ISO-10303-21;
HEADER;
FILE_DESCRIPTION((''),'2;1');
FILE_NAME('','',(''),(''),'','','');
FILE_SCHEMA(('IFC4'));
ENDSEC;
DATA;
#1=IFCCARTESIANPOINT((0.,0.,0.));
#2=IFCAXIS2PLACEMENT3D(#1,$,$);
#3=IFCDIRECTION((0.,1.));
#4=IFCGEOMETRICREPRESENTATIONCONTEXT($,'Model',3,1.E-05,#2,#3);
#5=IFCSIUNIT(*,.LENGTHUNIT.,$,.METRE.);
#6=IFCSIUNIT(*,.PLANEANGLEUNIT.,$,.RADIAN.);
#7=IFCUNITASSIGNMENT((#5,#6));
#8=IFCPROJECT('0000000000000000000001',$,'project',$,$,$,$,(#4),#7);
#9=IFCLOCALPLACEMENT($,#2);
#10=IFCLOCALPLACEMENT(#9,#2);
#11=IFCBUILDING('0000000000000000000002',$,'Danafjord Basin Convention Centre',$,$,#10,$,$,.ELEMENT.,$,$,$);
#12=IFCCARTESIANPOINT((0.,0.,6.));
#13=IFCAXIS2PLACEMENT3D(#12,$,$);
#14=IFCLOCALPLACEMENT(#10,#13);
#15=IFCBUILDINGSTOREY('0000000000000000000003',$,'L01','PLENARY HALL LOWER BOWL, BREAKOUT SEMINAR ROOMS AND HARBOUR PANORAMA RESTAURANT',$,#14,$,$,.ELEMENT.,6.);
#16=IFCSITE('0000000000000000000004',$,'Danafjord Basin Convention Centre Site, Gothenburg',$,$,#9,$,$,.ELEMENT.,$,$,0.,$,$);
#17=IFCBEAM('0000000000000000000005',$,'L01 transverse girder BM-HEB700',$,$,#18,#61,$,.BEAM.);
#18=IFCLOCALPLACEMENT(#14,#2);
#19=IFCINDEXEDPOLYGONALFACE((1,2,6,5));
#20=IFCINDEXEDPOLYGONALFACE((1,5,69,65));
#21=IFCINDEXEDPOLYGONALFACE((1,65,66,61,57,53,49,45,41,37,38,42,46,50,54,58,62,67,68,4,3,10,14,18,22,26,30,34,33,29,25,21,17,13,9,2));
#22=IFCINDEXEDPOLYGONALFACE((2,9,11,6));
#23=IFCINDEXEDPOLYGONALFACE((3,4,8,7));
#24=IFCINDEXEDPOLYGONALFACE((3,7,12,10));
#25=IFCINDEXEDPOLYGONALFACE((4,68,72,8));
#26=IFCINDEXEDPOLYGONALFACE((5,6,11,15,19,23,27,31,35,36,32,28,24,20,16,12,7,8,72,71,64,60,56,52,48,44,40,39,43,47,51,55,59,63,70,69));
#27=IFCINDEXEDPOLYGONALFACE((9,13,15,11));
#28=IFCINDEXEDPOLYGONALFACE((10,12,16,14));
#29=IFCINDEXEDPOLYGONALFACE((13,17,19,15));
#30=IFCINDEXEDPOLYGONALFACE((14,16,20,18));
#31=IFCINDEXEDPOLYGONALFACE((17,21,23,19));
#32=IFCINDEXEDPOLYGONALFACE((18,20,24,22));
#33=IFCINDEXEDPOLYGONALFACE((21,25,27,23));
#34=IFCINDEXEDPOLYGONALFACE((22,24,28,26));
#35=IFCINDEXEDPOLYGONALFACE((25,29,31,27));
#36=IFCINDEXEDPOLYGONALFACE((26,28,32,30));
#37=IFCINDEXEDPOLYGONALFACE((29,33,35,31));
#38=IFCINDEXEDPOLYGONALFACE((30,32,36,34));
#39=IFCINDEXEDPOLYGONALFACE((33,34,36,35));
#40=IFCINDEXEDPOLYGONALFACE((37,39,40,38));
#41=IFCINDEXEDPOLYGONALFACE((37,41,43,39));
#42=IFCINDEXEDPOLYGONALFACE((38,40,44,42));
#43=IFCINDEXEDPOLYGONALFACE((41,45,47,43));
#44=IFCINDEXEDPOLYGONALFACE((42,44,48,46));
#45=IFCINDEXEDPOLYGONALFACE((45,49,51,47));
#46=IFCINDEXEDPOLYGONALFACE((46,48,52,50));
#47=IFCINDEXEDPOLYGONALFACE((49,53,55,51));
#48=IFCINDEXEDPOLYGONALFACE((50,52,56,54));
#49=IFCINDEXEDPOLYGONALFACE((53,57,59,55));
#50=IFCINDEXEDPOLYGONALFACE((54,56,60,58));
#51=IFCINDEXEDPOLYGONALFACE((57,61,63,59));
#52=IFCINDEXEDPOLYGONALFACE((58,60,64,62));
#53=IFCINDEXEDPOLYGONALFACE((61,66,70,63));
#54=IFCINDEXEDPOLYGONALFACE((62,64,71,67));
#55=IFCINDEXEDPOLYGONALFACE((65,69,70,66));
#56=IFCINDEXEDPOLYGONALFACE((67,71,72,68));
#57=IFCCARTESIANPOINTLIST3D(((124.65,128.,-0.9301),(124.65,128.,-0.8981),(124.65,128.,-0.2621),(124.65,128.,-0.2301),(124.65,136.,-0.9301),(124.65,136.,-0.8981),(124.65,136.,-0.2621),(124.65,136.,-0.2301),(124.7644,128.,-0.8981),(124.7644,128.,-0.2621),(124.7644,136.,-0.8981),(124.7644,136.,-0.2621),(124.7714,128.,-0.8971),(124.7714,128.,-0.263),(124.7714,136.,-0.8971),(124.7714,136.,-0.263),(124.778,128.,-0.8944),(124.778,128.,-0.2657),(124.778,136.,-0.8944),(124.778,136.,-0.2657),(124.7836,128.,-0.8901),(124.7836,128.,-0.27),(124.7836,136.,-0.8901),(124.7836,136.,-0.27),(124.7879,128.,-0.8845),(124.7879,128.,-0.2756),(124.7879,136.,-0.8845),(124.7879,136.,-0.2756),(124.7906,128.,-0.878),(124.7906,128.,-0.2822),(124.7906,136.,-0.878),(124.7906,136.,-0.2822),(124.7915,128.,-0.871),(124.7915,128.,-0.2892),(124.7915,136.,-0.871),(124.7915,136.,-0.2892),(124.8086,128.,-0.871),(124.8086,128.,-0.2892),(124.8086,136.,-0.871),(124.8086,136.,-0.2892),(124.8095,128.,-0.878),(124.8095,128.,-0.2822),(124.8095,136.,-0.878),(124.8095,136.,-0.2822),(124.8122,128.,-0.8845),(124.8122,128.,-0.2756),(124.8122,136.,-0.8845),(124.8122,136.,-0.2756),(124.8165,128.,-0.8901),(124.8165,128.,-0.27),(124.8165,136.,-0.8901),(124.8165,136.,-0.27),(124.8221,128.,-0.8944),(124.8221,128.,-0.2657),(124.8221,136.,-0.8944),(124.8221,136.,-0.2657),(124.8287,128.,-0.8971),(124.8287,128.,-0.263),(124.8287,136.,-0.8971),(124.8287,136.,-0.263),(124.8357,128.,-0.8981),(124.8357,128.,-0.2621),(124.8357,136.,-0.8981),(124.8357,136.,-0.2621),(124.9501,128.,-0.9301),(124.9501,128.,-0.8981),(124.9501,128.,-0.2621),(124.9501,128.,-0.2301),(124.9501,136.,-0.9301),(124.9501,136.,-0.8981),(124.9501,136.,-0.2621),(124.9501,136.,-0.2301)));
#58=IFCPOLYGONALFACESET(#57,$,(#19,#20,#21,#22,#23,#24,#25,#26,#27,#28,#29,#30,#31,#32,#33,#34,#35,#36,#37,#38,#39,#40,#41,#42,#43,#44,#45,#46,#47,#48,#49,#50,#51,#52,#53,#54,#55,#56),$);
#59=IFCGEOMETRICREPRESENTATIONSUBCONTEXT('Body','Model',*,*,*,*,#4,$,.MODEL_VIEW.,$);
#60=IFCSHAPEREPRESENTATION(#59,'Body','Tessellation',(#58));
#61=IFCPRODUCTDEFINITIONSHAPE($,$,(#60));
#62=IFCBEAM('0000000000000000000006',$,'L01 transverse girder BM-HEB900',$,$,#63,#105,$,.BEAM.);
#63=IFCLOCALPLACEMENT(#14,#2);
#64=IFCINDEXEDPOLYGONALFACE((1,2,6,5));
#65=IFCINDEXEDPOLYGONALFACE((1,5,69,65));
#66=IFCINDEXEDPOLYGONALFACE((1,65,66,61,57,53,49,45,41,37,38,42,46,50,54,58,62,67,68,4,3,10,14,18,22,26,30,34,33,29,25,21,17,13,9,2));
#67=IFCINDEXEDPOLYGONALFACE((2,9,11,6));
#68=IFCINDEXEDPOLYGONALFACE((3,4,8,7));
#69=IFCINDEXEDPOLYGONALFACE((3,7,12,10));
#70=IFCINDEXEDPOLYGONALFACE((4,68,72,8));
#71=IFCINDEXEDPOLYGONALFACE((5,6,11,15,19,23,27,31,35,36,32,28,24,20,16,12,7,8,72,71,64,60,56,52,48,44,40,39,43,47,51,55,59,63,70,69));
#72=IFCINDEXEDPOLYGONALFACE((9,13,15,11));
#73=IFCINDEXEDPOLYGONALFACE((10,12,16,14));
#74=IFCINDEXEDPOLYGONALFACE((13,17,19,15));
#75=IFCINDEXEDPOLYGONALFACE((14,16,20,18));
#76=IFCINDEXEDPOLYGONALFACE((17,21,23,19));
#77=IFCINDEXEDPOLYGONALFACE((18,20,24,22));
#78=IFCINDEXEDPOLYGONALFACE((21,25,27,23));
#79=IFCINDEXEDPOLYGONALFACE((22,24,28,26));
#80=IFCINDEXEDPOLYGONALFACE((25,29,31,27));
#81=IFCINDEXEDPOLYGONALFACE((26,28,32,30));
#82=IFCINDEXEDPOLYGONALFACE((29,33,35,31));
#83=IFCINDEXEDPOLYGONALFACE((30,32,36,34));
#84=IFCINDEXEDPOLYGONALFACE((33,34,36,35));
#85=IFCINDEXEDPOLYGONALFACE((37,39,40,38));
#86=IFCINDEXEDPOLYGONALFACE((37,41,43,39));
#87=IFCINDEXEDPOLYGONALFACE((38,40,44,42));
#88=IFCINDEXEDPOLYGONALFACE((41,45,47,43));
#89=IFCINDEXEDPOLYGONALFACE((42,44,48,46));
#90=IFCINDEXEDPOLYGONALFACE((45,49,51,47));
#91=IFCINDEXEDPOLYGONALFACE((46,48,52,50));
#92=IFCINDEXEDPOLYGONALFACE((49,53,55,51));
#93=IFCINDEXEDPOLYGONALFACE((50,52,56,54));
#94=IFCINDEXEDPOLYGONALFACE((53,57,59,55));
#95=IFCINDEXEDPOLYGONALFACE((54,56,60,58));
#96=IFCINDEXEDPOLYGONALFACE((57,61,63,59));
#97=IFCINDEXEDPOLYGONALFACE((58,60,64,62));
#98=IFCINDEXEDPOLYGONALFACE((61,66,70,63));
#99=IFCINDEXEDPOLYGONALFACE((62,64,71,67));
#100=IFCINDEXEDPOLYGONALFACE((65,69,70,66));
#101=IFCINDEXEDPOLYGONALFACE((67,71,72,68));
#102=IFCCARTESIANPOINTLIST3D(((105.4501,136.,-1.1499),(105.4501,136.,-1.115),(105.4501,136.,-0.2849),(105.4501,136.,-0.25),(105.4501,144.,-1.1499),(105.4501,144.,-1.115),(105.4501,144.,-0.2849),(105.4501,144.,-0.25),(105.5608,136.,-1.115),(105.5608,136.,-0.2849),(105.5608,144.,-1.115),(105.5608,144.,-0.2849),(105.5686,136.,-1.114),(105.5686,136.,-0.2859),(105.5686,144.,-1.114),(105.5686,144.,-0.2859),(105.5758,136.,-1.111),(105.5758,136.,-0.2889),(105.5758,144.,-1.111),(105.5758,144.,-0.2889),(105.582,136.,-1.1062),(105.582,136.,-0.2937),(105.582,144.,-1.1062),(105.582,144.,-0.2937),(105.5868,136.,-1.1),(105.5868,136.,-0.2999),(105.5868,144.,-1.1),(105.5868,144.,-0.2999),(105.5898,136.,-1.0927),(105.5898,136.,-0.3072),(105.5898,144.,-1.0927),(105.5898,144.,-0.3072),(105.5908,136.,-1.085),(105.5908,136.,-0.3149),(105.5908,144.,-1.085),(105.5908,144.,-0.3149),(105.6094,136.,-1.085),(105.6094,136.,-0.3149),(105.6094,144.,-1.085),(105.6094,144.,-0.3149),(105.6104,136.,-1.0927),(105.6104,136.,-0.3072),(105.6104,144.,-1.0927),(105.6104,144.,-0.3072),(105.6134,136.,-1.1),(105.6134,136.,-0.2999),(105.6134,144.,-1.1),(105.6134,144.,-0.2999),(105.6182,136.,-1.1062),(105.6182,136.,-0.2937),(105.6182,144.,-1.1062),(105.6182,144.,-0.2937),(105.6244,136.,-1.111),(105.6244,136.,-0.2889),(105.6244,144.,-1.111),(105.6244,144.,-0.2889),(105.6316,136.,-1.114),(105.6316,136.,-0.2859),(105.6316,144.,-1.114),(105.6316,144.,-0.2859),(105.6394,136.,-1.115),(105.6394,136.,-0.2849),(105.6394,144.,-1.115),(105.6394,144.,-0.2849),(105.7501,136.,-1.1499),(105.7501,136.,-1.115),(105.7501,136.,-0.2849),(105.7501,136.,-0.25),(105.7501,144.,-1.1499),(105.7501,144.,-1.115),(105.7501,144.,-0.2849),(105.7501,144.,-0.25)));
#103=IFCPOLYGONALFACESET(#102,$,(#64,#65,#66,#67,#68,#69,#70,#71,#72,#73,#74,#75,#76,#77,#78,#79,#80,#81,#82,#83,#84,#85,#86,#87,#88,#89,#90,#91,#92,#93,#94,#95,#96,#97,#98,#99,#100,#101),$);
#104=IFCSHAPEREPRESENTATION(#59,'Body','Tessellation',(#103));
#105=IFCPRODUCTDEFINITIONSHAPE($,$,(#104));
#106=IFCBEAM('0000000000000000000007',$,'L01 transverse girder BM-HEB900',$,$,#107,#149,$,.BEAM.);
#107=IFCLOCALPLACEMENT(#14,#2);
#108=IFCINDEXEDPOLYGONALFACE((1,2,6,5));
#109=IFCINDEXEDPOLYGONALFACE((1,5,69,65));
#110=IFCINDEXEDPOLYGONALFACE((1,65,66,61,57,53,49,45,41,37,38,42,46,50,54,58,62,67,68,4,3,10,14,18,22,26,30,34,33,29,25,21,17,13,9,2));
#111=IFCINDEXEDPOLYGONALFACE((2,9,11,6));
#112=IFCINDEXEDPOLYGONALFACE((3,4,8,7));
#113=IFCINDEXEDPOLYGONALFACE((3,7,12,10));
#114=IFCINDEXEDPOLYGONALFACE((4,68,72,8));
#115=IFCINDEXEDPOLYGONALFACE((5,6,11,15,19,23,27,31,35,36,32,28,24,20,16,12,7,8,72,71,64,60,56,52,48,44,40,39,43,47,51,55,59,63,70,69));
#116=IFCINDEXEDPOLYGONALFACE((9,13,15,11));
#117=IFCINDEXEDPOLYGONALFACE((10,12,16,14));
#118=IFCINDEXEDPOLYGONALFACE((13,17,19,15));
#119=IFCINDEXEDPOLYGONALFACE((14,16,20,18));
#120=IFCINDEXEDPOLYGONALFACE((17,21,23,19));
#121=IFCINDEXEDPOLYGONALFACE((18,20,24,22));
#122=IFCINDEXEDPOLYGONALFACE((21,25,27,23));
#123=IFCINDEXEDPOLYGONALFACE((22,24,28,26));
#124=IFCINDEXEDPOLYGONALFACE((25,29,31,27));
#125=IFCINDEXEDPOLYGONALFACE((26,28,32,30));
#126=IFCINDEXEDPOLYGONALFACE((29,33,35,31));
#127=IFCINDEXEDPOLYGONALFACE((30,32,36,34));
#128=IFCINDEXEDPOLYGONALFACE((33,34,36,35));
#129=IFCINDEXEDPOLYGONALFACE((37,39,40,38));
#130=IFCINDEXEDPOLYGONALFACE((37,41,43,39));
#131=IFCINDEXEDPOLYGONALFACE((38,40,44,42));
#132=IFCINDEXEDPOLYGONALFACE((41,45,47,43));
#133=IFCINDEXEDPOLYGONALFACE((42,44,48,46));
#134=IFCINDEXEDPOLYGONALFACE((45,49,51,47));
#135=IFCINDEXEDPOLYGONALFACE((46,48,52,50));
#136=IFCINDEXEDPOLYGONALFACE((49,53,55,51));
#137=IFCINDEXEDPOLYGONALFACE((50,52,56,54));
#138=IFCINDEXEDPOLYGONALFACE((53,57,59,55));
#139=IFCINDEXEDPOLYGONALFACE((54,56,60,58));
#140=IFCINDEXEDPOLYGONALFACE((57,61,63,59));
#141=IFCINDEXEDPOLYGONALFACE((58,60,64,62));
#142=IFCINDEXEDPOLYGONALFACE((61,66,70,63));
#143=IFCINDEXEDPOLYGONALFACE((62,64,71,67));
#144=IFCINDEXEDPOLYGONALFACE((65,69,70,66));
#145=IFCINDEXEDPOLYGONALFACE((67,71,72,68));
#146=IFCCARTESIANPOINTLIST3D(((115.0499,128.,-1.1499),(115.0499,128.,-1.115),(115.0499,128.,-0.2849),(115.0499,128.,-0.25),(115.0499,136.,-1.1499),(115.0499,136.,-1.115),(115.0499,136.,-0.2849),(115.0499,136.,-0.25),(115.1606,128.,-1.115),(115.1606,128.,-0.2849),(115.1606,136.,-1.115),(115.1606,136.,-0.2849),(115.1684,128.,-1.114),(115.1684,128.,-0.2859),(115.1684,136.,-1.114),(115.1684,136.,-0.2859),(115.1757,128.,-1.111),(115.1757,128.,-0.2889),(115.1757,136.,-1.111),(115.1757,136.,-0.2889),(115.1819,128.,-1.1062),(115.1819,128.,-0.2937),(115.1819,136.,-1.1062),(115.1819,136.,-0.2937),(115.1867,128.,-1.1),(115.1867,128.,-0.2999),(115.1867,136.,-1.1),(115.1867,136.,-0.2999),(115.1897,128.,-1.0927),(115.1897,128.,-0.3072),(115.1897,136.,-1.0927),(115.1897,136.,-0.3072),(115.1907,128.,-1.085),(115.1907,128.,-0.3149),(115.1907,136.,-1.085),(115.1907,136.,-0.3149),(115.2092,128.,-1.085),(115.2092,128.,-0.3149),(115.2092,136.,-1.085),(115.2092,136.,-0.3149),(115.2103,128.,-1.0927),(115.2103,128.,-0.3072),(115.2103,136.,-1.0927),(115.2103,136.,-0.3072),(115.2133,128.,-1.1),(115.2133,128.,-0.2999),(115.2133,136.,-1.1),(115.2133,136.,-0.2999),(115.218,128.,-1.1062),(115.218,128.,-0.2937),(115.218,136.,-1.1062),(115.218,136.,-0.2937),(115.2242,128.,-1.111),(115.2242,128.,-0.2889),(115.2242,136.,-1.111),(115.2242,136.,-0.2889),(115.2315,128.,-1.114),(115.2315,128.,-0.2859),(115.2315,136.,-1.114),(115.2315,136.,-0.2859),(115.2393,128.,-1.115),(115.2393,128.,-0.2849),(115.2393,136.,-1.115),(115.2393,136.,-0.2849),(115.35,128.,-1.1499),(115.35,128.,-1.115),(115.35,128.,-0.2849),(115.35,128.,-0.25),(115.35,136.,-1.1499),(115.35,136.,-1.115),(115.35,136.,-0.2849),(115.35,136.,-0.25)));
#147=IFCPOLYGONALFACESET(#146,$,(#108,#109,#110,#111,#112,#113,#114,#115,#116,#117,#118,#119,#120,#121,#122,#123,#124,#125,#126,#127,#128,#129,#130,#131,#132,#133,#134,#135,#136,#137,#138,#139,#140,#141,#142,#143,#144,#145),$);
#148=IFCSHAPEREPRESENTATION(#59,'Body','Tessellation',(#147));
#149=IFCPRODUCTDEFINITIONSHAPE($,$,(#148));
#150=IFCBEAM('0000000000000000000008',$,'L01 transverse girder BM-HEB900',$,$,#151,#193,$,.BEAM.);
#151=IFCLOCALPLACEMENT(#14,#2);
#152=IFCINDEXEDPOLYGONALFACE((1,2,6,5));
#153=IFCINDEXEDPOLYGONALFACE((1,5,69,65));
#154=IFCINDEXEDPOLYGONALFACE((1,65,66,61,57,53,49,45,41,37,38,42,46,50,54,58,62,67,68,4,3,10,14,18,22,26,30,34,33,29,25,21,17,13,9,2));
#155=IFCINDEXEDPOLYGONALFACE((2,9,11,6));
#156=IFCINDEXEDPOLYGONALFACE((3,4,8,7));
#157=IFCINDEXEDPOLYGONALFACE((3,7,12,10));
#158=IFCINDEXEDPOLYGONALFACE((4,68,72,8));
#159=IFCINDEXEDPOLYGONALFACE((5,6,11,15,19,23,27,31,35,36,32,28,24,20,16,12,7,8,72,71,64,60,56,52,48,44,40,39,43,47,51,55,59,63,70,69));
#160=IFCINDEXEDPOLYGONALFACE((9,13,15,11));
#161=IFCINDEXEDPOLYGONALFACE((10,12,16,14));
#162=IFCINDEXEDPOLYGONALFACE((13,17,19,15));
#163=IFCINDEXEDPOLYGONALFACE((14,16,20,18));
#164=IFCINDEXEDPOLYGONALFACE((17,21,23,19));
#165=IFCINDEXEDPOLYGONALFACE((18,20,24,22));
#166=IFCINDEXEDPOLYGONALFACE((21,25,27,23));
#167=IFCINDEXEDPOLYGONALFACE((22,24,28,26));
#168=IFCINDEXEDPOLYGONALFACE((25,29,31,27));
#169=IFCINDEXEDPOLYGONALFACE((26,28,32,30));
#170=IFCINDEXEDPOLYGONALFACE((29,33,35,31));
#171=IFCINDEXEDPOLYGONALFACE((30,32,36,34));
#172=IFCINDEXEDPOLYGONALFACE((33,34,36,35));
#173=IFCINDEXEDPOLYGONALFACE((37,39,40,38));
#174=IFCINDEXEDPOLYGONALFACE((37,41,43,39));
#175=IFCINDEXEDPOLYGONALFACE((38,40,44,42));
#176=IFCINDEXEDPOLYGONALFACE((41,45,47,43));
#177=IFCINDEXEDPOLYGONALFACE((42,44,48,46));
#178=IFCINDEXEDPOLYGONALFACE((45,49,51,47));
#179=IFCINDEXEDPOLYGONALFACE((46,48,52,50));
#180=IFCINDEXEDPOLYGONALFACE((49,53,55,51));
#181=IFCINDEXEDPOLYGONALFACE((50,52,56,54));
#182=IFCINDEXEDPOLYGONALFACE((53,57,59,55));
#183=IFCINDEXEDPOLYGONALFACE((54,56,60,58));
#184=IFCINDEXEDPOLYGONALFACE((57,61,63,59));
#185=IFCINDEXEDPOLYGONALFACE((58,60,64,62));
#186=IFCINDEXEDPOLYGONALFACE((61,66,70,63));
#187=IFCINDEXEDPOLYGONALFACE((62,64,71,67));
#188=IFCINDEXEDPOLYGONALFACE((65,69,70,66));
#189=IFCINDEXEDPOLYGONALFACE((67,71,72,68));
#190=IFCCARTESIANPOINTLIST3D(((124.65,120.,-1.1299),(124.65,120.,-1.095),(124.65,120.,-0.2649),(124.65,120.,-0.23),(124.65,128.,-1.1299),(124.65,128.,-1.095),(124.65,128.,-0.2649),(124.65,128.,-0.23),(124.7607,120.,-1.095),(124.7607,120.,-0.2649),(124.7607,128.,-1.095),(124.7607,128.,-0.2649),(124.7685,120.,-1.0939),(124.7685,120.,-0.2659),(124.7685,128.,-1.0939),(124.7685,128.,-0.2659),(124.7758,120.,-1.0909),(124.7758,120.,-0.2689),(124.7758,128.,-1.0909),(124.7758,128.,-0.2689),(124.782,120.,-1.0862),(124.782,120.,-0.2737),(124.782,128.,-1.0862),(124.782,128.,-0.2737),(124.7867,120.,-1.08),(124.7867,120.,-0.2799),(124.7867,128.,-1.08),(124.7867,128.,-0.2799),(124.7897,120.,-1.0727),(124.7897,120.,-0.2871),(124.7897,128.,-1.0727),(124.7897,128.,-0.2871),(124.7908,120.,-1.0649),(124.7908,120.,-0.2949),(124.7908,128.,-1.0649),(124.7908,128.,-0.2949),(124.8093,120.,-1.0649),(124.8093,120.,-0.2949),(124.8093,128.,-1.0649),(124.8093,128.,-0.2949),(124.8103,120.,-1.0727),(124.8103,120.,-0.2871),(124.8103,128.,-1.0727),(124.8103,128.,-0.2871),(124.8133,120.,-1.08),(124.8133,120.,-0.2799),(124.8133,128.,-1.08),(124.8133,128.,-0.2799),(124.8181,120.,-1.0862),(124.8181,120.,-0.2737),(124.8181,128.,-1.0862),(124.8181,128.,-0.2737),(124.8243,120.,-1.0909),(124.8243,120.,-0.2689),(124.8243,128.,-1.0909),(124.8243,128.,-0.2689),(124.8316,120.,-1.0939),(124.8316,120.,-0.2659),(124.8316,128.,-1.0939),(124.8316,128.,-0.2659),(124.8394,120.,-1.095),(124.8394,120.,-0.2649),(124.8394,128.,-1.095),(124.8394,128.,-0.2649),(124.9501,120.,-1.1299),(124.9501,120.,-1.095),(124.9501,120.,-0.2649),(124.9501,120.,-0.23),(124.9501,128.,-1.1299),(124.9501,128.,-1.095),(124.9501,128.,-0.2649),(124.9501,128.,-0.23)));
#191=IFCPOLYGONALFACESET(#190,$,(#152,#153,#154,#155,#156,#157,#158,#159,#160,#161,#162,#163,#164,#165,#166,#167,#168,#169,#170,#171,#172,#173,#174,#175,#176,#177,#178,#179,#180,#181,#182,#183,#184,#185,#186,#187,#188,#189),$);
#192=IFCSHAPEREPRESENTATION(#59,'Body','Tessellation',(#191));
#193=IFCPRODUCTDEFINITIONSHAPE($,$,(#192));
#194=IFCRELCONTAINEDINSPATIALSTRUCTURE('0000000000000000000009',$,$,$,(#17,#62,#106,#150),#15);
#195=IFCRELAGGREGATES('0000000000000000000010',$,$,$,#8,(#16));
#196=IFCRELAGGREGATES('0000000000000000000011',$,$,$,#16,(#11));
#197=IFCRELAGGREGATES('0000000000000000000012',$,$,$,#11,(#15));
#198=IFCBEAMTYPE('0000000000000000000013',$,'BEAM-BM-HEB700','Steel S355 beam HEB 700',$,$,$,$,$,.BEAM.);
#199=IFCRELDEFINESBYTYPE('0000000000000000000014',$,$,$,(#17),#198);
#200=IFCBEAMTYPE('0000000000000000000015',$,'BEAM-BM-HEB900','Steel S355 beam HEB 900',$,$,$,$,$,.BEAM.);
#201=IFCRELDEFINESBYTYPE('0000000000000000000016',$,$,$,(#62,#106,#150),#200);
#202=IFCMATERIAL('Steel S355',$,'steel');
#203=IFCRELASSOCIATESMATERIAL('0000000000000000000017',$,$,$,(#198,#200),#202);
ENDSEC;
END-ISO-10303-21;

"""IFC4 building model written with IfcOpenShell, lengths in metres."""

from ifc_helpers import new_model, si_unit, direction, frame, origin, origin_2d, place, context, subcontext, project, spatial, i_section, extrude, material, material_profile, profile_set, type_object, element, save


model = new_model("IFC4")

# Units and contexts
model_context = context("Model", 3, precision=1e-05, world=origin(), true_north=direction((0.0, 1.0)))
body_context = subcontext(model_context, "Body", "Model", "MODEL_VIEW")
ifc_project = project(units=[si_unit("LENGTHUNIT", "METRE"), si_unit("PLANEANGLEUNIT", "RADIAN")], contexts=[model_context])

# Site, building, storey
site_placement = place(None, origin())
site = spatial("IfcSite", under=ifc_project, at=site_placement, Name="Danafjord Basin Convention Centre Site, Gothenburg", CompositionType="ELEMENT", RefElevation=0.0)
building_placement = place(site_placement, origin())
building = spatial("IfcBuilding", under=site, at=building_placement, Name="Danafjord Basin Convention Centre", CompositionType="ELEMENT")
storey_placement = place(building_placement, frame((0.0, 0.0, 6.0)))
storey = spatial("IfcBuildingStorey", under=building, at=storey_placement, Name="L01", Description="PLENARY HALL LOWER BOWL, BREAKOUT SEMINAR ROOMS AND HARBOUR PANORAMA RESTAURANT", CompositionType="ELEMENT", Elevation=6.0)

# Shared definitions
ifc_material_1 = material(Name="Steel S355", Category="steel")

# Beams
ifc_material_profile_1 = material_profile(ifc_material_1, i_section(OverallWidth=0.3, OverallDepth=0.7, WebThickness=0.0171, FlangeThickness=0.032, FilletRadius=0.0271, at=origin_2d()), Name="HEB 700")
ifc_profile_set_1 = profile_set([ifc_material_profile_1], Name="Steel S355")
beam_type_1 = type_object("IfcBeamType", Name="BEAM-BM-HEB700", Description="Steel S355 beam HEB 700", PredefinedType="BEAM", material=ifc_profile_set_1)
beam_1_placement = place(storey_placement, frame((124.8, 128.0, -0.5801), z_axis=(0.0, 1.0, 0.0), x_axis=(-1.0, 0.0, 0.0)))
element("IfcBeam", 1, at=beam_1_placement, inside=storey, type_object=beam_type_1, Name="L01 transverse girder BM-HEB700", PredefinedType="BEAM", context=body_context, shape_type="SweptSolid", body=[
    extrude(i_section(OverallWidth=0.3, OverallDepth=0.7, WebThickness=0.0171, FlangeThickness=0.032, FilletRadius=0.0271, at=origin_2d()), origin(), (0.0, 0.0, 1.0), 8.0),
])
ifc_material_profile_2 = material_profile(ifc_material_1, i_section(OverallWidth=0.3, OverallDepth=0.8999, WebThickness=0.0186, FlangeThickness=0.0349, FilletRadius=0.03, at=origin_2d()), Name="HEB 900")
ifc_profile_set_2 = profile_set([ifc_material_profile_2], Name="Steel S355")
beam_type_2 = type_object("IfcBeamType", Name="BEAM-BM-HEB900", Description="Steel S355 beam HEB 900", PredefinedType="BEAM", material=ifc_profile_set_2)
for number, where, z_axis, x_axis, name in (
    (2, (105.6001, 136.0, -0.7), (0.0, 1.0, 0.0), (-1.0, 0.0, 0.0), "L01 transverse girder BM-HEB900"),
    (3, (115.2, 128.0, -0.7), (0.0, 1.0, 0.0), (-1.0, 0.0, 0.0), "L01 transverse girder BM-HEB900"),
    (4, (124.8, 120.0, -0.6799), (0.0, 1.0, 0.0), (-1.0, 0.0, 0.0), "L01 transverse girder BM-HEB900"),
):
    element("IfcBeam", number, at=place(storey_placement, frame(where, z_axis=z_axis, x_axis=x_axis)), inside=storey, type_object=beam_type_2, Name=name, PredefinedType="BEAM", context=body_context, shape_type="SweptSolid", body=[
        extrude(i_section(OverallWidth=0.3, OverallDepth=0.8999, WebThickness=0.0186, FlangeThickness=0.0349, FilletRadius=0.03, at=origin_2d()), origin(), (0.0, 0.0, 1.0), 8.0),
    ])

save(model, "model.ifc")
